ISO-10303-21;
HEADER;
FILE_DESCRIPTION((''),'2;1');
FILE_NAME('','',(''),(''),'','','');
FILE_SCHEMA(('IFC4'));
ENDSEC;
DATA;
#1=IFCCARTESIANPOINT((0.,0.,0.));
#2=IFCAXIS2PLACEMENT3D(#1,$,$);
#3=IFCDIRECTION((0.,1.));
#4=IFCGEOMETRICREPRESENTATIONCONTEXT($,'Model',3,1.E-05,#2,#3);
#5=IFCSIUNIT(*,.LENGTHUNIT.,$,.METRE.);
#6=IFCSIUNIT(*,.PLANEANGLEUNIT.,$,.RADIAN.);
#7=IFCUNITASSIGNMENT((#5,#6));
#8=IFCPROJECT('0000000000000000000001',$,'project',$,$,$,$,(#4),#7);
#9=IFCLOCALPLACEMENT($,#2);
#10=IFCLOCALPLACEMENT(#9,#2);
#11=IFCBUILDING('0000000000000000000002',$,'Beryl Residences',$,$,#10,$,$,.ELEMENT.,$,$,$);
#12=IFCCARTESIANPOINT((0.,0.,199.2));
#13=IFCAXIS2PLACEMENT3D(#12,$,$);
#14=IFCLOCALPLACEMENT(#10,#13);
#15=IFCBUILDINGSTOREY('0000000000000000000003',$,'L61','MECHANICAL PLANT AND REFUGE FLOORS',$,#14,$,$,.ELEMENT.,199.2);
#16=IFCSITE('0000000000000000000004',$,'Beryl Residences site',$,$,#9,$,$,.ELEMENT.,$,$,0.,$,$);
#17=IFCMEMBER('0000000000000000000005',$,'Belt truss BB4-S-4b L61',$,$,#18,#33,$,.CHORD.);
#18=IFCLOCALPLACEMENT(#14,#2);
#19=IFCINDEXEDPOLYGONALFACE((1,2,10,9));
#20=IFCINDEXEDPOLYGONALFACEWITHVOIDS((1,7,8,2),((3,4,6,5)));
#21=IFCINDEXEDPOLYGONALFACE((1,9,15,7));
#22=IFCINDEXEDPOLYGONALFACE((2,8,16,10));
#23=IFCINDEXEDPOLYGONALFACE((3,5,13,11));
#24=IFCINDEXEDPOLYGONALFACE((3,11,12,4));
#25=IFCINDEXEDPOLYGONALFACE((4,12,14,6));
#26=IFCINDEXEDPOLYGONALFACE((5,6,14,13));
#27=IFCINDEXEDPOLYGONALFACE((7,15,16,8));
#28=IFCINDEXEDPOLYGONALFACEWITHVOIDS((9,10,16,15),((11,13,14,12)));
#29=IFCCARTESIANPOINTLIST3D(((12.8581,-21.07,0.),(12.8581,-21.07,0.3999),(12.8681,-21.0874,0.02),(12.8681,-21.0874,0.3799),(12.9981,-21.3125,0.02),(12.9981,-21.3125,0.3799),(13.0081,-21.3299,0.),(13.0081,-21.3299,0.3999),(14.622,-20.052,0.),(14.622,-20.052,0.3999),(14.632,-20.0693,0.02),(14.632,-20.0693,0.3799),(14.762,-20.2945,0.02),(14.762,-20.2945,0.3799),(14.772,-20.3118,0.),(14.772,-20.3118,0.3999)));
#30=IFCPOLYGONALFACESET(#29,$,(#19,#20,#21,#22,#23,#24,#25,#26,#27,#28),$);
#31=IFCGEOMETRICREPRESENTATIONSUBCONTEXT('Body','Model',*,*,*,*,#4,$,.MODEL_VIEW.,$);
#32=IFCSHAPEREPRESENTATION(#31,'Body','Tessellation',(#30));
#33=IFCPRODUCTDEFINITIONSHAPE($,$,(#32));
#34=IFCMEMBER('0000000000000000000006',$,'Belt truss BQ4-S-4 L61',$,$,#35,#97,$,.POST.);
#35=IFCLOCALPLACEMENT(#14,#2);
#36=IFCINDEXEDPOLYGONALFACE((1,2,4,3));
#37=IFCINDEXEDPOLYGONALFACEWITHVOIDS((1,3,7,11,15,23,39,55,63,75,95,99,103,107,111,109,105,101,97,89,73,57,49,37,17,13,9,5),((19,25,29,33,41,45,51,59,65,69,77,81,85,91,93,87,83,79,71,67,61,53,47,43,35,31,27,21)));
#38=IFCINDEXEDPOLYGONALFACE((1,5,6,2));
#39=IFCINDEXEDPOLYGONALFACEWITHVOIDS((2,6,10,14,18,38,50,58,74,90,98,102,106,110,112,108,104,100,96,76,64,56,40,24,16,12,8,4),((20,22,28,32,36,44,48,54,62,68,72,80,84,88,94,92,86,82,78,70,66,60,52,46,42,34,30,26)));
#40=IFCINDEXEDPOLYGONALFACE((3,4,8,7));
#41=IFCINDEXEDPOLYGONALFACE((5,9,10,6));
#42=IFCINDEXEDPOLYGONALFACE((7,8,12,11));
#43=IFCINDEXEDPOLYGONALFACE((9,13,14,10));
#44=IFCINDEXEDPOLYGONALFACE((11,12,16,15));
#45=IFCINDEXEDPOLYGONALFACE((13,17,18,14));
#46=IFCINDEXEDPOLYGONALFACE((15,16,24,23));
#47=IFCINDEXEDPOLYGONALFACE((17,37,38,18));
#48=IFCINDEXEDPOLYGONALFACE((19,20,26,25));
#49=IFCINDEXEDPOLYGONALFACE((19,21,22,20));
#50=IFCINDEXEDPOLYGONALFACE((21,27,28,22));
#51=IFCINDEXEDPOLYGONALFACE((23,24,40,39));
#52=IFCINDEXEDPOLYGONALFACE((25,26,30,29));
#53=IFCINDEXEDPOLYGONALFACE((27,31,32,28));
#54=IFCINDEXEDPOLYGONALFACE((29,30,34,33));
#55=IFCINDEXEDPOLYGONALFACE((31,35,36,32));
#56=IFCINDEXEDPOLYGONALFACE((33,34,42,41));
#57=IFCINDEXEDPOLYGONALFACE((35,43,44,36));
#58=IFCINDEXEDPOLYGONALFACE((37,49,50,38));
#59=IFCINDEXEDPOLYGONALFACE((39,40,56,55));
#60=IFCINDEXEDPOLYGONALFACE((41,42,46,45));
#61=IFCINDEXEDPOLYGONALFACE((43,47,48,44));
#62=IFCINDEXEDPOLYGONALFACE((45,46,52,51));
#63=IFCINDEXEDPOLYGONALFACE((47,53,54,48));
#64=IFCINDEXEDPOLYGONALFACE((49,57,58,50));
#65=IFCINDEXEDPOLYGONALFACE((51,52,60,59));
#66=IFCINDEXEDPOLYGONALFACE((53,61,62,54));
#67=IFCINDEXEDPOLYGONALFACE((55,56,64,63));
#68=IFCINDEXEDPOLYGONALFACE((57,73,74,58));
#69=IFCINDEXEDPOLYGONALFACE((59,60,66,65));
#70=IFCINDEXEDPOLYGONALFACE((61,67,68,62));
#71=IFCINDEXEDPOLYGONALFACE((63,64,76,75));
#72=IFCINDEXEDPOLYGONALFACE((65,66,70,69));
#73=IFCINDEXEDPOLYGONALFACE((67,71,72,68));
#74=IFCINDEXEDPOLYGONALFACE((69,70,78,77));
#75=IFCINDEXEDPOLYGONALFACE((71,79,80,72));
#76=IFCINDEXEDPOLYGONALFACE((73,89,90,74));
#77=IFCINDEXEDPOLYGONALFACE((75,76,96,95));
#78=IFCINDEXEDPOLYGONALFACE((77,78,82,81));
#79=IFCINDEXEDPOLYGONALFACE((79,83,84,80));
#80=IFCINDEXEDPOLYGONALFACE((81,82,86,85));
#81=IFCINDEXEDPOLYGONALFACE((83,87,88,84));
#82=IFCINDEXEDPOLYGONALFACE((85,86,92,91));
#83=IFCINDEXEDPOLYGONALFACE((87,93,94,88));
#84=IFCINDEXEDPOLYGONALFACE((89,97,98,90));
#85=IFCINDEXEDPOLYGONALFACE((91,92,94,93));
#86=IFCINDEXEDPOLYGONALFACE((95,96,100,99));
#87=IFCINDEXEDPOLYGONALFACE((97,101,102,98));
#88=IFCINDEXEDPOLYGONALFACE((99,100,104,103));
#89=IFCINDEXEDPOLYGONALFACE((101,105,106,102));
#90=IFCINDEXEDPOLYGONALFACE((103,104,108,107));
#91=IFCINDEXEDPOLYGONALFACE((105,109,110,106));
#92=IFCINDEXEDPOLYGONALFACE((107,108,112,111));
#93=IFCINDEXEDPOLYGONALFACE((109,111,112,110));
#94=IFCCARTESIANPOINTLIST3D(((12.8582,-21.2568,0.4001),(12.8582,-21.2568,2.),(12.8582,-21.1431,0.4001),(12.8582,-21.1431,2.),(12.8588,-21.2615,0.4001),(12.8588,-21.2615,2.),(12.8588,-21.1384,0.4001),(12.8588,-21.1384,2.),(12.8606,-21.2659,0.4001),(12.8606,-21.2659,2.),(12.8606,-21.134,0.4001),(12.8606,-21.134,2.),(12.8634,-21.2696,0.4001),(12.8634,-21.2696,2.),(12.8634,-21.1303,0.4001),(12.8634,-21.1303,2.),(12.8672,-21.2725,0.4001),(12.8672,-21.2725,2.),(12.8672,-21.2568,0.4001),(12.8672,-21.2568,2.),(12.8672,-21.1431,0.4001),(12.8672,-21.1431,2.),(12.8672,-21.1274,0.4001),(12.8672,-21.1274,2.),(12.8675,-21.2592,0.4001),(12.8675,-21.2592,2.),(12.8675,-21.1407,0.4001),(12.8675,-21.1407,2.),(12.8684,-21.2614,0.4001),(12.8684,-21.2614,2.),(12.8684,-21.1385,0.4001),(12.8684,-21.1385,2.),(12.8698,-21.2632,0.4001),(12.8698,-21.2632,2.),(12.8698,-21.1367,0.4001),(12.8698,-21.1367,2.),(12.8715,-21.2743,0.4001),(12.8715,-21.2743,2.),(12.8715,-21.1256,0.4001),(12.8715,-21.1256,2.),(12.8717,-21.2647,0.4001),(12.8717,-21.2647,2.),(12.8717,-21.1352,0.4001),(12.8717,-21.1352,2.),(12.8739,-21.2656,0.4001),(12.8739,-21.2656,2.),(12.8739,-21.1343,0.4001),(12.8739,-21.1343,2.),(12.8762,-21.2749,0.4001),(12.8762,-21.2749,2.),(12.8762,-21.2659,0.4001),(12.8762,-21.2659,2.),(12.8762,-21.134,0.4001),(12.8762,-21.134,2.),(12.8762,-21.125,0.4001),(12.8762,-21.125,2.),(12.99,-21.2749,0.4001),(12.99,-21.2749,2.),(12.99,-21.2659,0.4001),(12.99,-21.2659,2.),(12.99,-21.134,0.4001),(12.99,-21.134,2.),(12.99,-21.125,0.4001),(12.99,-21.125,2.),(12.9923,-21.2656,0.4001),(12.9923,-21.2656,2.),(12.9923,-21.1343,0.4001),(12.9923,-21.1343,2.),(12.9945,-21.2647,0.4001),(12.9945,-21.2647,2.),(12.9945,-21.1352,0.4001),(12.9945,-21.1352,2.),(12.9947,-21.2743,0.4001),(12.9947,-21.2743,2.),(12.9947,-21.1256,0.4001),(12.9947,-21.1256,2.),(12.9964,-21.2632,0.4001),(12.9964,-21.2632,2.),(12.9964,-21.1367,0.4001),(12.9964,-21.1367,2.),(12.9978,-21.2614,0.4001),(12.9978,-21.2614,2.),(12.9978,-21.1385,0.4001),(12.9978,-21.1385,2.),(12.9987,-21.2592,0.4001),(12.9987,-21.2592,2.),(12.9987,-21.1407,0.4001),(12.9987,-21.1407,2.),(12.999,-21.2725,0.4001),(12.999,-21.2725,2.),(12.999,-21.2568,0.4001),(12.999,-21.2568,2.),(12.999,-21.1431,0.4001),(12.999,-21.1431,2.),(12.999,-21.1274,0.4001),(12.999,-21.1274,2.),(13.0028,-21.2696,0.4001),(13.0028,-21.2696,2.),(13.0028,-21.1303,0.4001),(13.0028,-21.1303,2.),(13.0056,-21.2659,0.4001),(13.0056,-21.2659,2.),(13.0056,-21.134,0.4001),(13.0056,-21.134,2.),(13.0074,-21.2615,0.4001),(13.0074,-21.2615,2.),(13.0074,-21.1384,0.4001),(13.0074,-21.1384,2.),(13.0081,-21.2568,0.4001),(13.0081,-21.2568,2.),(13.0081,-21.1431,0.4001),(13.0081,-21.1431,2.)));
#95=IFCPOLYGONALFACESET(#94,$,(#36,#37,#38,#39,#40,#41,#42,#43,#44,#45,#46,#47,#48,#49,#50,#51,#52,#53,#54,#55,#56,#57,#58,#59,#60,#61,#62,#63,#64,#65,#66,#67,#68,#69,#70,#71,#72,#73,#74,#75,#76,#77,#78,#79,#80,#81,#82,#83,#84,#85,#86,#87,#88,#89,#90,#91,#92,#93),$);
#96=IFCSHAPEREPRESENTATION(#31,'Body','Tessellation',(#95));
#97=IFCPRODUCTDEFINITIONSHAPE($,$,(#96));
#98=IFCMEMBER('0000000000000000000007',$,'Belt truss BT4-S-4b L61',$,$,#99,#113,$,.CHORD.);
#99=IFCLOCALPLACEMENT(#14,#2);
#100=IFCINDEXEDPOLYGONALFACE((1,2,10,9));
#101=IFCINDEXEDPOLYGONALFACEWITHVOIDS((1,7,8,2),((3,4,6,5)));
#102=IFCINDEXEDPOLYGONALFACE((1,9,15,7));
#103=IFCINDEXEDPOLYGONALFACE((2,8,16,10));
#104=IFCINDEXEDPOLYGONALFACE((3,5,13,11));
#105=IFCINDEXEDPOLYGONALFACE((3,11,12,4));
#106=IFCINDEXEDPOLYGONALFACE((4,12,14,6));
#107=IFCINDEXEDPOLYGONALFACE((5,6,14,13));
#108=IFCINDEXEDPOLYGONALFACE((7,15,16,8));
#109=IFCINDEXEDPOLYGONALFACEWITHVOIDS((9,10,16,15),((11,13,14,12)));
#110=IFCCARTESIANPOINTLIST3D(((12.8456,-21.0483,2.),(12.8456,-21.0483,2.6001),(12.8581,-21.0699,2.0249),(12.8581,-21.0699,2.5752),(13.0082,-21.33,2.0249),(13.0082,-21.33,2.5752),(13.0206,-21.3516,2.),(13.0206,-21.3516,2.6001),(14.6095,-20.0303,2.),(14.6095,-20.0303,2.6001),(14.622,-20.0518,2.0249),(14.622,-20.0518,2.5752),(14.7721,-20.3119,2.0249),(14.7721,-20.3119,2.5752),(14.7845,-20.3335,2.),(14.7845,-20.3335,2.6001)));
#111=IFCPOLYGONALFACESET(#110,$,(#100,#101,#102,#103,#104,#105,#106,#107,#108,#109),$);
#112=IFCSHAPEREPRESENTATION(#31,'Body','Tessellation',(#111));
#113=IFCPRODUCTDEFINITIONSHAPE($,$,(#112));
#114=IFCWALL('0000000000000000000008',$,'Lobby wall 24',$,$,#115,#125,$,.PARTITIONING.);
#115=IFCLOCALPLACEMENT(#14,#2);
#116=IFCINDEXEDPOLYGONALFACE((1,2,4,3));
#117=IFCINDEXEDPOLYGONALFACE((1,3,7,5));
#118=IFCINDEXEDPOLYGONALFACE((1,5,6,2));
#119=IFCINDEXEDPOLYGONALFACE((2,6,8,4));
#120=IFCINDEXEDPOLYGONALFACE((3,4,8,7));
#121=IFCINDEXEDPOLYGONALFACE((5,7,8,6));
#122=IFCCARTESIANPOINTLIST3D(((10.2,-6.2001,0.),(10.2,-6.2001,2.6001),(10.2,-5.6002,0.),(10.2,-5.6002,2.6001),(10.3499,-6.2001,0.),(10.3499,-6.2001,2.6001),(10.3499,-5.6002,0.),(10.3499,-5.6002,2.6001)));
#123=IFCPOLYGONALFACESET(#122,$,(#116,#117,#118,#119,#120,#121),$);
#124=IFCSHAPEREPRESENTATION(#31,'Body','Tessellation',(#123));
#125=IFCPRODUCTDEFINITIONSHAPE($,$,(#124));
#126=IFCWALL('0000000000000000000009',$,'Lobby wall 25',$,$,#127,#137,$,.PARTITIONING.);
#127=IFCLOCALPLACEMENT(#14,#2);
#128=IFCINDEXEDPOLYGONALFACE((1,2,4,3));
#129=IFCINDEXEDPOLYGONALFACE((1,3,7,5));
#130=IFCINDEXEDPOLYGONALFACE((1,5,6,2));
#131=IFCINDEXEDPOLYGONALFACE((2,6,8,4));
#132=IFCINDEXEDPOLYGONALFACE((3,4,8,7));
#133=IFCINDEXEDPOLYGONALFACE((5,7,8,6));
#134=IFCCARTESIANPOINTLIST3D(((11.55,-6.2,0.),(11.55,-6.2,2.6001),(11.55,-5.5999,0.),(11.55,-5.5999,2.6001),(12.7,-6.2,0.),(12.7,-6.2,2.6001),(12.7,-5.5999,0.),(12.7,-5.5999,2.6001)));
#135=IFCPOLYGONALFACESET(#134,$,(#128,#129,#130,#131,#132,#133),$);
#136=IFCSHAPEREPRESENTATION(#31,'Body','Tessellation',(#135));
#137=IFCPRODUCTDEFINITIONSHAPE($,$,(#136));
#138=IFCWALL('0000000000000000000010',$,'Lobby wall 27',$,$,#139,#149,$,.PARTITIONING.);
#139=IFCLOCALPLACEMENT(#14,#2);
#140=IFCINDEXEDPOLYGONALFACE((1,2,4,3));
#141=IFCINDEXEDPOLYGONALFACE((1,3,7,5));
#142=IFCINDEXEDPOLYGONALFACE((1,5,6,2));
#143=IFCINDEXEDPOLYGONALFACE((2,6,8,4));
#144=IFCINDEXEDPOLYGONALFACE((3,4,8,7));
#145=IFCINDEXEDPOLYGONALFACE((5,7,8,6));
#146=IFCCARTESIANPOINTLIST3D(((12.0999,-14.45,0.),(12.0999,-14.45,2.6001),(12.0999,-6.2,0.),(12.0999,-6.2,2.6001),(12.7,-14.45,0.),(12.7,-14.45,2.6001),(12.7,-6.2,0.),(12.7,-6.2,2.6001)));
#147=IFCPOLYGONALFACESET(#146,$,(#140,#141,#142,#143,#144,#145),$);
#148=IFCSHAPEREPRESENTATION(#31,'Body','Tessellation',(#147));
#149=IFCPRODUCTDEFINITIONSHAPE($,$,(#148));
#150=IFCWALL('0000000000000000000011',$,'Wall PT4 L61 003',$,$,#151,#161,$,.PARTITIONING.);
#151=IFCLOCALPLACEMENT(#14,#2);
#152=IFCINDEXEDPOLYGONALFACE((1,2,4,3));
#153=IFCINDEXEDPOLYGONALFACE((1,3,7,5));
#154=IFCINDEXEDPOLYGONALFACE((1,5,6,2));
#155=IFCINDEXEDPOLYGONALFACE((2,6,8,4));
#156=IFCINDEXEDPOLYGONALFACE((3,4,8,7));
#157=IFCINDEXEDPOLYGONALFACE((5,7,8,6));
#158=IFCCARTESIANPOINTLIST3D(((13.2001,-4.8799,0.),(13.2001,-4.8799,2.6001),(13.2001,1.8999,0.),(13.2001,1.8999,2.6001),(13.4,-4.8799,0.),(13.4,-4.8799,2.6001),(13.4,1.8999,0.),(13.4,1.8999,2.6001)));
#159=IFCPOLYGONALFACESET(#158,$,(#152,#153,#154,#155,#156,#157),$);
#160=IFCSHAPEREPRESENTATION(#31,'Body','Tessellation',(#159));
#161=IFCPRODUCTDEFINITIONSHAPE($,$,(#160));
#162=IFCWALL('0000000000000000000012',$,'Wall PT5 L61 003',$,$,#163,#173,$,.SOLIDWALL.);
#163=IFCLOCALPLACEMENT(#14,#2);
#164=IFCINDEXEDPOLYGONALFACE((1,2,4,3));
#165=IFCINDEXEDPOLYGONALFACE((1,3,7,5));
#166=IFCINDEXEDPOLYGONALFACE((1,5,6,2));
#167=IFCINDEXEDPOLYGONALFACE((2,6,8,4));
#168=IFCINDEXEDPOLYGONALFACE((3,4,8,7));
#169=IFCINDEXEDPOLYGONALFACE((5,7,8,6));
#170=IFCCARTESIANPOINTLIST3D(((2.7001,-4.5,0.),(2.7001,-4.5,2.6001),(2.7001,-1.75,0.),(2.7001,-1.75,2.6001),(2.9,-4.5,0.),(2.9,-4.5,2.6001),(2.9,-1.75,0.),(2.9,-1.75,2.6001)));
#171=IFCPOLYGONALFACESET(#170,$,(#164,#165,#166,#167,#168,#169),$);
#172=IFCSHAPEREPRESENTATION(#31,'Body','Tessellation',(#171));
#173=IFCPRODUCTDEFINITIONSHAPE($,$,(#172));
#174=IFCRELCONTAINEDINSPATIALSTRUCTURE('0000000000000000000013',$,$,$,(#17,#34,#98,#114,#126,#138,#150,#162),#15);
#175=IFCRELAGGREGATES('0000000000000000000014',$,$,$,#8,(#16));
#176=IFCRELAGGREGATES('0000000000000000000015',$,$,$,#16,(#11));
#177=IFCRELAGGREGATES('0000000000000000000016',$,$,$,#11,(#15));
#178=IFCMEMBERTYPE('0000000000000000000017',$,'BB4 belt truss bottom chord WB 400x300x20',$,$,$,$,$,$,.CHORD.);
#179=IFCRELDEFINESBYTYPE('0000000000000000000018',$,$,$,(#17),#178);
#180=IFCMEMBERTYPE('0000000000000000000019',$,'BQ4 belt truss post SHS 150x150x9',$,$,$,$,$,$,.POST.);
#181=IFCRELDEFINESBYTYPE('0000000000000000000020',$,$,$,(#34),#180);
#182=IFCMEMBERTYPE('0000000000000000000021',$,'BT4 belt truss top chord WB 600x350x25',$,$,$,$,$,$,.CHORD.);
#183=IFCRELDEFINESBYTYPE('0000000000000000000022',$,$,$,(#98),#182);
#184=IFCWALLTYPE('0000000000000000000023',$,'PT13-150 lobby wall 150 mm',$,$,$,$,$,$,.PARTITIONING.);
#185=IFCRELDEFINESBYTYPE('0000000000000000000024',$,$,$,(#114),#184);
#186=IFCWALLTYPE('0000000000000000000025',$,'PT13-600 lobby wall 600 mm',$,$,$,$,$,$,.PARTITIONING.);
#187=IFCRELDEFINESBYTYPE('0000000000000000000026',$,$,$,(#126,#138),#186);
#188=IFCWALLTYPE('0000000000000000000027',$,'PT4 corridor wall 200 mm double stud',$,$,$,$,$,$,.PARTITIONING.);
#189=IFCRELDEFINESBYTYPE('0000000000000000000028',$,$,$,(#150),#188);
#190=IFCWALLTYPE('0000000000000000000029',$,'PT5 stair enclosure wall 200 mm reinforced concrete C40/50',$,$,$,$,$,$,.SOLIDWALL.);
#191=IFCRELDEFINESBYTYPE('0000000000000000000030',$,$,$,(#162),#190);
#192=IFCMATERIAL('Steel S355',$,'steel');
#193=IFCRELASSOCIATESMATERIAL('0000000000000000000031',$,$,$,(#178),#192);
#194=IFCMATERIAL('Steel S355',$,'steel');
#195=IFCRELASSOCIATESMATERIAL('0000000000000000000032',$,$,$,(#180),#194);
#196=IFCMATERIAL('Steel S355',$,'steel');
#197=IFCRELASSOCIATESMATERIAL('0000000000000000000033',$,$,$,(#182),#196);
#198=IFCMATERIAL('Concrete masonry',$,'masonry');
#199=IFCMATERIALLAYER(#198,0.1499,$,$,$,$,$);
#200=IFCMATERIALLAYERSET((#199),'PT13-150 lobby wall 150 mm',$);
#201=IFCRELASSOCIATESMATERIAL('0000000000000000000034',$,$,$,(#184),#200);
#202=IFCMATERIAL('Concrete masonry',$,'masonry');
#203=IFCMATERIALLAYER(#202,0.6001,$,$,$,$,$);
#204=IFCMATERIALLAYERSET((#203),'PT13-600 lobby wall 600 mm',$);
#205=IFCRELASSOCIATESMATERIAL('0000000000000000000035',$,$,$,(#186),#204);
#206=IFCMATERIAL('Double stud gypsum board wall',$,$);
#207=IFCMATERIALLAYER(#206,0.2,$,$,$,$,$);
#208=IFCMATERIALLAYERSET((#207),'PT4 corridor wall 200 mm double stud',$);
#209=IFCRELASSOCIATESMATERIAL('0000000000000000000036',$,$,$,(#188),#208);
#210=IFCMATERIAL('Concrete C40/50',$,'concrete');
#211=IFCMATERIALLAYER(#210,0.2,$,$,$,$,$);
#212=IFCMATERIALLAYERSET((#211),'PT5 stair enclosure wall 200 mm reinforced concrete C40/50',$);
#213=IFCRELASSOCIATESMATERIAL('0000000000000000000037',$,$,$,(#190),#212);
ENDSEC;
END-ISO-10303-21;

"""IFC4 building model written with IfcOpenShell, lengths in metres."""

from ifc_helpers import new_model, si_unit, direction, frame, frame_2d, origin, origin_2d, place, context, subcontext, project, spatial, rectangle, hollow_rectangle, extrude, material, layer, layer_set, material_profile, profile_set, type_object, element, save


model = new_model("IFC4")

# Units and contexts
model_context = context("Model", 3, precision=1e-05, world=origin(), true_north=direction((0.0, 1.0)))
body_context = subcontext(model_context, "Body", "Model", "MODEL_VIEW")
ifc_project = project(units=[si_unit("LENGTHUNIT", "METRE"), si_unit("PLANEANGLEUNIT", "RADIAN")], contexts=[model_context])

# Site, building, storey
site_placement = place(None, origin())
site = spatial("IfcSite", under=ifc_project, at=site_placement, Name="Beryl Residences site", CompositionType="ELEMENT", RefElevation=0.0)
building_placement = place(site_placement, origin())
building = spatial("IfcBuilding", under=site, at=building_placement, Name="Beryl Residences", CompositionType="ELEMENT")
storey_placement = place(building_placement, frame((0.0, 0.0, 199.2)))
storey = spatial("IfcBuildingStorey", under=building, at=storey_placement, Name="L61", Description="MECHANICAL PLANT AND REFUGE FLOORS", CompositionType="ELEMENT", Elevation=199.2)

# Members
ifc_material_1 = material(Name="Steel S355", Category="steel")
ifc_material_profile_1 = material_profile(ifc_material_1, hollow_rectangle(XDim=0.3, YDim=0.3999, WallThickness=0.02, at=origin_2d()))
ifc_profile_set_1 = profile_set([ifc_material_profile_1], Name="Steel S355")
member_type_1 = type_object("IfcMemberType", Name="BB4 belt truss bottom chord WB 400x300x20", PredefinedType="CHORD", material=ifc_profile_set_1)
member_1_placement = place(storey_placement, frame((12.9331, -21.2, 0.2), z_axis=(0.866096, 0.499878, 0.0), x_axis=(-0.499878, 0.866096, 0.0)))
element("IfcMember", 1, at=member_1_placement, inside=storey, type_object=member_type_1, Name="Belt truss BB4-S-4b L61", PredefinedType="CHORD", context=body_context, shape_type="SweptSolid", body=[
    extrude(hollow_rectangle(XDim=0.3, YDim=0.3999, WallThickness=0.02, at=origin_2d()), origin(), (0.0, 0.0, 1.0), 2.0366),
])
ifc_material_2 = material(Name="Steel S355", Category="steel")
ifc_material_profile_2 = material_profile(ifc_material_2, hollow_rectangle(XDim=0.1499, YDim=0.1499, WallThickness=0.009, InnerFilletRadius=0.009, OuterFilletRadius=0.0181, at=origin_2d()))
ifc_profile_set_2 = profile_set([ifc_material_profile_2], Name="Steel S355")
member_type_2 = type_object("IfcMemberType", Name="BQ4 belt truss post SHS 150x150x9", PredefinedType="POST", material=ifc_profile_set_2)
member_2_placement = place(storey_placement, frame((12.9331, -21.2, 0.4001), z_axis=(0.0, 0.0, 1.0), x_axis=(1.0, 0.0, 0.0)))
element("IfcMember", 2, at=member_2_placement, inside=storey, type_object=member_type_2, Name="Belt truss BQ4-S-4 L61", PredefinedType="POST", context=body_context, shape_type="SweptSolid", body=[
    extrude(hollow_rectangle(XDim=0.1499, YDim=0.1499, WallThickness=0.009, InnerFilletRadius=0.009, OuterFilletRadius=0.0181, at=origin_2d()), origin(), (0.0, 0.0, 1.0), 1.5999),
])
ifc_material_3 = material(Name="Steel S355", Category="steel")
ifc_material_profile_3 = material_profile(ifc_material_3, hollow_rectangle(XDim=0.3501, YDim=0.6001, WallThickness=0.0249, at=origin_2d()))
ifc_profile_set_3 = profile_set([ifc_material_profile_3], Name="Steel S355")
member_type_3 = type_object("IfcMemberType", Name="BT4 belt truss top chord WB 600x350x25", PredefinedType="CHORD", material=ifc_profile_set_3)
member_3_placement = place(storey_placement, frame((12.9331, -21.2, 2.3), z_axis=(0.866096, 0.499878, 0.0), x_axis=(-0.499878, 0.866096, 0.0)))
element("IfcMember", 3, at=member_3_placement, inside=storey, type_object=member_type_3, Name="Belt truss BT4-S-4b L61", PredefinedType="CHORD", context=body_context, shape_type="SweptSolid", body=[
    extrude(hollow_rectangle(XDim=0.3501, YDim=0.6001, WallThickness=0.0249, at=origin_2d()), origin(), (0.0, 0.0, 1.0), 2.0366),
])

# Walls
ifc_material_4 = material(Name="Concrete masonry", Category="masonry")
ifc_layer_1 = layer(ifc_material_4, 0.1499)
ifc_layer_set_1 = layer_set([ifc_layer_1], Name="PT13-150 lobby wall 150 mm")
wall_type_1 = type_object("IfcWallType", Name="PT13-150 lobby wall 150 mm", PredefinedType="PARTITIONING", material=ifc_layer_set_1)
wall_1_placement = place(storey_placement, frame((10.2749, -6.2, 0.0), z_axis=(0.0, 0.0, 1.0), x_axis=(0.0, 1.0, 0.0)))
element("IfcWall", 4, at=wall_1_placement, inside=storey, type_object=wall_type_1, Name="Lobby wall 24", PredefinedType="PARTITIONING", context=body_context, shape_type="SweptSolid", body=[
    extrude(rectangle(XDim=0.5999, YDim=0.1499, at=frame_2d((0.2998, 0.0))), origin(), (0.0, 0.0, 1.0), 2.6001),
])
ifc_material_5 = material(Name="Concrete masonry", Category="masonry")
ifc_layer_2 = layer(ifc_material_5, 0.6001)
ifc_layer_set_2 = layer_set([ifc_layer_2], Name="PT13-600 lobby wall 600 mm")
wall_type_2 = type_object("IfcWallType", Name="PT13-600 lobby wall 600 mm", PredefinedType="PARTITIONING", material=ifc_layer_set_2)
wall_2_placement = place(storey_placement, frame((11.55, -5.8999, 0.0), z_axis=(0.0, 0.0, 1.0), x_axis=(1.0, 0.0, 0.0)))
element("IfcWall", 5, at=wall_2_placement, inside=storey, type_object=wall_type_2, Name="Lobby wall 25", PredefinedType="PARTITIONING", context=body_context, shape_type="SweptSolid", body=[
    extrude(rectangle(XDim=1.1499, YDim=0.6001, at=frame_2d((0.575, 0.0))), origin(), (0.0, 0.0, 1.0), 2.6001),
])
wall_3_placement = place(storey_placement, frame((12.3999, -14.45, 0.0), z_axis=(0.0, 0.0, 1.0), x_axis=(0.0, 1.0, 0.0)))
element("IfcWall", 6, at=wall_3_placement, inside=storey, type_object=wall_type_2, Name="Lobby wall 27", PredefinedType="PARTITIONING", context=body_context, shape_type="SweptSolid", body=[
    extrude(rectangle(XDim=8.25, YDim=0.6001, at=frame_2d((4.125, 0.0))), origin(), (0.0, 0.0, 1.0), 2.6001),
])
ifc_material_6 = material(Name="Double stud gypsum board wall")
ifc_layer_3 = layer(ifc_material_6, 0.2)
ifc_layer_set_3 = layer_set([ifc_layer_3], Name="PT4 corridor wall 200 mm double stud")
wall_type_3 = type_object("IfcWallType", Name="PT4 corridor wall 200 mm double stud", PredefinedType="PARTITIONING", material=ifc_layer_set_3)
wall_4_placement = place(storey_placement, frame((13.3, -4.8799, 0.0), z_axis=(0.0, 0.0, 1.0), x_axis=(0.0, 1.0, 0.0)))
element("IfcWall", 7, at=wall_4_placement, inside=storey, type_object=wall_type_3, Name="Wall PT4 L61 003", PredefinedType="PARTITIONING", context=body_context, shape_type="SweptSolid", body=[
    extrude(rectangle(XDim=6.7798, YDim=0.2, at=frame_2d((3.3899, 0.0))), origin(), (0.0, 0.0, 1.0), 2.6001),
])
ifc_material_7 = material(Name="Concrete C40/50", Category="concrete")
ifc_layer_4 = layer(ifc_material_7, 0.2)
ifc_layer_set_4 = layer_set([ifc_layer_4], Name="PT5 stair enclosure wall 200 mm reinforced concrete C40/50")
wall_type_4 = type_object("IfcWallType", Name="PT5 stair enclosure wall 200 mm reinforced concrete C40/50", PredefinedType="SOLIDWALL", material=ifc_layer_set_4)
wall_5_placement = place(storey_placement, frame((2.8, -4.5, 0.0), z_axis=(0.0, 0.0, 1.0), x_axis=(0.0, 1.0, 0.0)))
element("IfcWall", 8, at=wall_5_placement, inside=storey, type_object=wall_type_4, Name="Wall PT5 L61 003", PredefinedType="SOLIDWALL", context=body_context, shape_type="SweptSolid", body=[
    extrude(rectangle(XDim=2.75, YDim=0.2, at=frame_2d((1.375, 0.0))), origin(), (0.0, 0.0, 1.0), 2.6001),
])

save(model, "model.ifc")
